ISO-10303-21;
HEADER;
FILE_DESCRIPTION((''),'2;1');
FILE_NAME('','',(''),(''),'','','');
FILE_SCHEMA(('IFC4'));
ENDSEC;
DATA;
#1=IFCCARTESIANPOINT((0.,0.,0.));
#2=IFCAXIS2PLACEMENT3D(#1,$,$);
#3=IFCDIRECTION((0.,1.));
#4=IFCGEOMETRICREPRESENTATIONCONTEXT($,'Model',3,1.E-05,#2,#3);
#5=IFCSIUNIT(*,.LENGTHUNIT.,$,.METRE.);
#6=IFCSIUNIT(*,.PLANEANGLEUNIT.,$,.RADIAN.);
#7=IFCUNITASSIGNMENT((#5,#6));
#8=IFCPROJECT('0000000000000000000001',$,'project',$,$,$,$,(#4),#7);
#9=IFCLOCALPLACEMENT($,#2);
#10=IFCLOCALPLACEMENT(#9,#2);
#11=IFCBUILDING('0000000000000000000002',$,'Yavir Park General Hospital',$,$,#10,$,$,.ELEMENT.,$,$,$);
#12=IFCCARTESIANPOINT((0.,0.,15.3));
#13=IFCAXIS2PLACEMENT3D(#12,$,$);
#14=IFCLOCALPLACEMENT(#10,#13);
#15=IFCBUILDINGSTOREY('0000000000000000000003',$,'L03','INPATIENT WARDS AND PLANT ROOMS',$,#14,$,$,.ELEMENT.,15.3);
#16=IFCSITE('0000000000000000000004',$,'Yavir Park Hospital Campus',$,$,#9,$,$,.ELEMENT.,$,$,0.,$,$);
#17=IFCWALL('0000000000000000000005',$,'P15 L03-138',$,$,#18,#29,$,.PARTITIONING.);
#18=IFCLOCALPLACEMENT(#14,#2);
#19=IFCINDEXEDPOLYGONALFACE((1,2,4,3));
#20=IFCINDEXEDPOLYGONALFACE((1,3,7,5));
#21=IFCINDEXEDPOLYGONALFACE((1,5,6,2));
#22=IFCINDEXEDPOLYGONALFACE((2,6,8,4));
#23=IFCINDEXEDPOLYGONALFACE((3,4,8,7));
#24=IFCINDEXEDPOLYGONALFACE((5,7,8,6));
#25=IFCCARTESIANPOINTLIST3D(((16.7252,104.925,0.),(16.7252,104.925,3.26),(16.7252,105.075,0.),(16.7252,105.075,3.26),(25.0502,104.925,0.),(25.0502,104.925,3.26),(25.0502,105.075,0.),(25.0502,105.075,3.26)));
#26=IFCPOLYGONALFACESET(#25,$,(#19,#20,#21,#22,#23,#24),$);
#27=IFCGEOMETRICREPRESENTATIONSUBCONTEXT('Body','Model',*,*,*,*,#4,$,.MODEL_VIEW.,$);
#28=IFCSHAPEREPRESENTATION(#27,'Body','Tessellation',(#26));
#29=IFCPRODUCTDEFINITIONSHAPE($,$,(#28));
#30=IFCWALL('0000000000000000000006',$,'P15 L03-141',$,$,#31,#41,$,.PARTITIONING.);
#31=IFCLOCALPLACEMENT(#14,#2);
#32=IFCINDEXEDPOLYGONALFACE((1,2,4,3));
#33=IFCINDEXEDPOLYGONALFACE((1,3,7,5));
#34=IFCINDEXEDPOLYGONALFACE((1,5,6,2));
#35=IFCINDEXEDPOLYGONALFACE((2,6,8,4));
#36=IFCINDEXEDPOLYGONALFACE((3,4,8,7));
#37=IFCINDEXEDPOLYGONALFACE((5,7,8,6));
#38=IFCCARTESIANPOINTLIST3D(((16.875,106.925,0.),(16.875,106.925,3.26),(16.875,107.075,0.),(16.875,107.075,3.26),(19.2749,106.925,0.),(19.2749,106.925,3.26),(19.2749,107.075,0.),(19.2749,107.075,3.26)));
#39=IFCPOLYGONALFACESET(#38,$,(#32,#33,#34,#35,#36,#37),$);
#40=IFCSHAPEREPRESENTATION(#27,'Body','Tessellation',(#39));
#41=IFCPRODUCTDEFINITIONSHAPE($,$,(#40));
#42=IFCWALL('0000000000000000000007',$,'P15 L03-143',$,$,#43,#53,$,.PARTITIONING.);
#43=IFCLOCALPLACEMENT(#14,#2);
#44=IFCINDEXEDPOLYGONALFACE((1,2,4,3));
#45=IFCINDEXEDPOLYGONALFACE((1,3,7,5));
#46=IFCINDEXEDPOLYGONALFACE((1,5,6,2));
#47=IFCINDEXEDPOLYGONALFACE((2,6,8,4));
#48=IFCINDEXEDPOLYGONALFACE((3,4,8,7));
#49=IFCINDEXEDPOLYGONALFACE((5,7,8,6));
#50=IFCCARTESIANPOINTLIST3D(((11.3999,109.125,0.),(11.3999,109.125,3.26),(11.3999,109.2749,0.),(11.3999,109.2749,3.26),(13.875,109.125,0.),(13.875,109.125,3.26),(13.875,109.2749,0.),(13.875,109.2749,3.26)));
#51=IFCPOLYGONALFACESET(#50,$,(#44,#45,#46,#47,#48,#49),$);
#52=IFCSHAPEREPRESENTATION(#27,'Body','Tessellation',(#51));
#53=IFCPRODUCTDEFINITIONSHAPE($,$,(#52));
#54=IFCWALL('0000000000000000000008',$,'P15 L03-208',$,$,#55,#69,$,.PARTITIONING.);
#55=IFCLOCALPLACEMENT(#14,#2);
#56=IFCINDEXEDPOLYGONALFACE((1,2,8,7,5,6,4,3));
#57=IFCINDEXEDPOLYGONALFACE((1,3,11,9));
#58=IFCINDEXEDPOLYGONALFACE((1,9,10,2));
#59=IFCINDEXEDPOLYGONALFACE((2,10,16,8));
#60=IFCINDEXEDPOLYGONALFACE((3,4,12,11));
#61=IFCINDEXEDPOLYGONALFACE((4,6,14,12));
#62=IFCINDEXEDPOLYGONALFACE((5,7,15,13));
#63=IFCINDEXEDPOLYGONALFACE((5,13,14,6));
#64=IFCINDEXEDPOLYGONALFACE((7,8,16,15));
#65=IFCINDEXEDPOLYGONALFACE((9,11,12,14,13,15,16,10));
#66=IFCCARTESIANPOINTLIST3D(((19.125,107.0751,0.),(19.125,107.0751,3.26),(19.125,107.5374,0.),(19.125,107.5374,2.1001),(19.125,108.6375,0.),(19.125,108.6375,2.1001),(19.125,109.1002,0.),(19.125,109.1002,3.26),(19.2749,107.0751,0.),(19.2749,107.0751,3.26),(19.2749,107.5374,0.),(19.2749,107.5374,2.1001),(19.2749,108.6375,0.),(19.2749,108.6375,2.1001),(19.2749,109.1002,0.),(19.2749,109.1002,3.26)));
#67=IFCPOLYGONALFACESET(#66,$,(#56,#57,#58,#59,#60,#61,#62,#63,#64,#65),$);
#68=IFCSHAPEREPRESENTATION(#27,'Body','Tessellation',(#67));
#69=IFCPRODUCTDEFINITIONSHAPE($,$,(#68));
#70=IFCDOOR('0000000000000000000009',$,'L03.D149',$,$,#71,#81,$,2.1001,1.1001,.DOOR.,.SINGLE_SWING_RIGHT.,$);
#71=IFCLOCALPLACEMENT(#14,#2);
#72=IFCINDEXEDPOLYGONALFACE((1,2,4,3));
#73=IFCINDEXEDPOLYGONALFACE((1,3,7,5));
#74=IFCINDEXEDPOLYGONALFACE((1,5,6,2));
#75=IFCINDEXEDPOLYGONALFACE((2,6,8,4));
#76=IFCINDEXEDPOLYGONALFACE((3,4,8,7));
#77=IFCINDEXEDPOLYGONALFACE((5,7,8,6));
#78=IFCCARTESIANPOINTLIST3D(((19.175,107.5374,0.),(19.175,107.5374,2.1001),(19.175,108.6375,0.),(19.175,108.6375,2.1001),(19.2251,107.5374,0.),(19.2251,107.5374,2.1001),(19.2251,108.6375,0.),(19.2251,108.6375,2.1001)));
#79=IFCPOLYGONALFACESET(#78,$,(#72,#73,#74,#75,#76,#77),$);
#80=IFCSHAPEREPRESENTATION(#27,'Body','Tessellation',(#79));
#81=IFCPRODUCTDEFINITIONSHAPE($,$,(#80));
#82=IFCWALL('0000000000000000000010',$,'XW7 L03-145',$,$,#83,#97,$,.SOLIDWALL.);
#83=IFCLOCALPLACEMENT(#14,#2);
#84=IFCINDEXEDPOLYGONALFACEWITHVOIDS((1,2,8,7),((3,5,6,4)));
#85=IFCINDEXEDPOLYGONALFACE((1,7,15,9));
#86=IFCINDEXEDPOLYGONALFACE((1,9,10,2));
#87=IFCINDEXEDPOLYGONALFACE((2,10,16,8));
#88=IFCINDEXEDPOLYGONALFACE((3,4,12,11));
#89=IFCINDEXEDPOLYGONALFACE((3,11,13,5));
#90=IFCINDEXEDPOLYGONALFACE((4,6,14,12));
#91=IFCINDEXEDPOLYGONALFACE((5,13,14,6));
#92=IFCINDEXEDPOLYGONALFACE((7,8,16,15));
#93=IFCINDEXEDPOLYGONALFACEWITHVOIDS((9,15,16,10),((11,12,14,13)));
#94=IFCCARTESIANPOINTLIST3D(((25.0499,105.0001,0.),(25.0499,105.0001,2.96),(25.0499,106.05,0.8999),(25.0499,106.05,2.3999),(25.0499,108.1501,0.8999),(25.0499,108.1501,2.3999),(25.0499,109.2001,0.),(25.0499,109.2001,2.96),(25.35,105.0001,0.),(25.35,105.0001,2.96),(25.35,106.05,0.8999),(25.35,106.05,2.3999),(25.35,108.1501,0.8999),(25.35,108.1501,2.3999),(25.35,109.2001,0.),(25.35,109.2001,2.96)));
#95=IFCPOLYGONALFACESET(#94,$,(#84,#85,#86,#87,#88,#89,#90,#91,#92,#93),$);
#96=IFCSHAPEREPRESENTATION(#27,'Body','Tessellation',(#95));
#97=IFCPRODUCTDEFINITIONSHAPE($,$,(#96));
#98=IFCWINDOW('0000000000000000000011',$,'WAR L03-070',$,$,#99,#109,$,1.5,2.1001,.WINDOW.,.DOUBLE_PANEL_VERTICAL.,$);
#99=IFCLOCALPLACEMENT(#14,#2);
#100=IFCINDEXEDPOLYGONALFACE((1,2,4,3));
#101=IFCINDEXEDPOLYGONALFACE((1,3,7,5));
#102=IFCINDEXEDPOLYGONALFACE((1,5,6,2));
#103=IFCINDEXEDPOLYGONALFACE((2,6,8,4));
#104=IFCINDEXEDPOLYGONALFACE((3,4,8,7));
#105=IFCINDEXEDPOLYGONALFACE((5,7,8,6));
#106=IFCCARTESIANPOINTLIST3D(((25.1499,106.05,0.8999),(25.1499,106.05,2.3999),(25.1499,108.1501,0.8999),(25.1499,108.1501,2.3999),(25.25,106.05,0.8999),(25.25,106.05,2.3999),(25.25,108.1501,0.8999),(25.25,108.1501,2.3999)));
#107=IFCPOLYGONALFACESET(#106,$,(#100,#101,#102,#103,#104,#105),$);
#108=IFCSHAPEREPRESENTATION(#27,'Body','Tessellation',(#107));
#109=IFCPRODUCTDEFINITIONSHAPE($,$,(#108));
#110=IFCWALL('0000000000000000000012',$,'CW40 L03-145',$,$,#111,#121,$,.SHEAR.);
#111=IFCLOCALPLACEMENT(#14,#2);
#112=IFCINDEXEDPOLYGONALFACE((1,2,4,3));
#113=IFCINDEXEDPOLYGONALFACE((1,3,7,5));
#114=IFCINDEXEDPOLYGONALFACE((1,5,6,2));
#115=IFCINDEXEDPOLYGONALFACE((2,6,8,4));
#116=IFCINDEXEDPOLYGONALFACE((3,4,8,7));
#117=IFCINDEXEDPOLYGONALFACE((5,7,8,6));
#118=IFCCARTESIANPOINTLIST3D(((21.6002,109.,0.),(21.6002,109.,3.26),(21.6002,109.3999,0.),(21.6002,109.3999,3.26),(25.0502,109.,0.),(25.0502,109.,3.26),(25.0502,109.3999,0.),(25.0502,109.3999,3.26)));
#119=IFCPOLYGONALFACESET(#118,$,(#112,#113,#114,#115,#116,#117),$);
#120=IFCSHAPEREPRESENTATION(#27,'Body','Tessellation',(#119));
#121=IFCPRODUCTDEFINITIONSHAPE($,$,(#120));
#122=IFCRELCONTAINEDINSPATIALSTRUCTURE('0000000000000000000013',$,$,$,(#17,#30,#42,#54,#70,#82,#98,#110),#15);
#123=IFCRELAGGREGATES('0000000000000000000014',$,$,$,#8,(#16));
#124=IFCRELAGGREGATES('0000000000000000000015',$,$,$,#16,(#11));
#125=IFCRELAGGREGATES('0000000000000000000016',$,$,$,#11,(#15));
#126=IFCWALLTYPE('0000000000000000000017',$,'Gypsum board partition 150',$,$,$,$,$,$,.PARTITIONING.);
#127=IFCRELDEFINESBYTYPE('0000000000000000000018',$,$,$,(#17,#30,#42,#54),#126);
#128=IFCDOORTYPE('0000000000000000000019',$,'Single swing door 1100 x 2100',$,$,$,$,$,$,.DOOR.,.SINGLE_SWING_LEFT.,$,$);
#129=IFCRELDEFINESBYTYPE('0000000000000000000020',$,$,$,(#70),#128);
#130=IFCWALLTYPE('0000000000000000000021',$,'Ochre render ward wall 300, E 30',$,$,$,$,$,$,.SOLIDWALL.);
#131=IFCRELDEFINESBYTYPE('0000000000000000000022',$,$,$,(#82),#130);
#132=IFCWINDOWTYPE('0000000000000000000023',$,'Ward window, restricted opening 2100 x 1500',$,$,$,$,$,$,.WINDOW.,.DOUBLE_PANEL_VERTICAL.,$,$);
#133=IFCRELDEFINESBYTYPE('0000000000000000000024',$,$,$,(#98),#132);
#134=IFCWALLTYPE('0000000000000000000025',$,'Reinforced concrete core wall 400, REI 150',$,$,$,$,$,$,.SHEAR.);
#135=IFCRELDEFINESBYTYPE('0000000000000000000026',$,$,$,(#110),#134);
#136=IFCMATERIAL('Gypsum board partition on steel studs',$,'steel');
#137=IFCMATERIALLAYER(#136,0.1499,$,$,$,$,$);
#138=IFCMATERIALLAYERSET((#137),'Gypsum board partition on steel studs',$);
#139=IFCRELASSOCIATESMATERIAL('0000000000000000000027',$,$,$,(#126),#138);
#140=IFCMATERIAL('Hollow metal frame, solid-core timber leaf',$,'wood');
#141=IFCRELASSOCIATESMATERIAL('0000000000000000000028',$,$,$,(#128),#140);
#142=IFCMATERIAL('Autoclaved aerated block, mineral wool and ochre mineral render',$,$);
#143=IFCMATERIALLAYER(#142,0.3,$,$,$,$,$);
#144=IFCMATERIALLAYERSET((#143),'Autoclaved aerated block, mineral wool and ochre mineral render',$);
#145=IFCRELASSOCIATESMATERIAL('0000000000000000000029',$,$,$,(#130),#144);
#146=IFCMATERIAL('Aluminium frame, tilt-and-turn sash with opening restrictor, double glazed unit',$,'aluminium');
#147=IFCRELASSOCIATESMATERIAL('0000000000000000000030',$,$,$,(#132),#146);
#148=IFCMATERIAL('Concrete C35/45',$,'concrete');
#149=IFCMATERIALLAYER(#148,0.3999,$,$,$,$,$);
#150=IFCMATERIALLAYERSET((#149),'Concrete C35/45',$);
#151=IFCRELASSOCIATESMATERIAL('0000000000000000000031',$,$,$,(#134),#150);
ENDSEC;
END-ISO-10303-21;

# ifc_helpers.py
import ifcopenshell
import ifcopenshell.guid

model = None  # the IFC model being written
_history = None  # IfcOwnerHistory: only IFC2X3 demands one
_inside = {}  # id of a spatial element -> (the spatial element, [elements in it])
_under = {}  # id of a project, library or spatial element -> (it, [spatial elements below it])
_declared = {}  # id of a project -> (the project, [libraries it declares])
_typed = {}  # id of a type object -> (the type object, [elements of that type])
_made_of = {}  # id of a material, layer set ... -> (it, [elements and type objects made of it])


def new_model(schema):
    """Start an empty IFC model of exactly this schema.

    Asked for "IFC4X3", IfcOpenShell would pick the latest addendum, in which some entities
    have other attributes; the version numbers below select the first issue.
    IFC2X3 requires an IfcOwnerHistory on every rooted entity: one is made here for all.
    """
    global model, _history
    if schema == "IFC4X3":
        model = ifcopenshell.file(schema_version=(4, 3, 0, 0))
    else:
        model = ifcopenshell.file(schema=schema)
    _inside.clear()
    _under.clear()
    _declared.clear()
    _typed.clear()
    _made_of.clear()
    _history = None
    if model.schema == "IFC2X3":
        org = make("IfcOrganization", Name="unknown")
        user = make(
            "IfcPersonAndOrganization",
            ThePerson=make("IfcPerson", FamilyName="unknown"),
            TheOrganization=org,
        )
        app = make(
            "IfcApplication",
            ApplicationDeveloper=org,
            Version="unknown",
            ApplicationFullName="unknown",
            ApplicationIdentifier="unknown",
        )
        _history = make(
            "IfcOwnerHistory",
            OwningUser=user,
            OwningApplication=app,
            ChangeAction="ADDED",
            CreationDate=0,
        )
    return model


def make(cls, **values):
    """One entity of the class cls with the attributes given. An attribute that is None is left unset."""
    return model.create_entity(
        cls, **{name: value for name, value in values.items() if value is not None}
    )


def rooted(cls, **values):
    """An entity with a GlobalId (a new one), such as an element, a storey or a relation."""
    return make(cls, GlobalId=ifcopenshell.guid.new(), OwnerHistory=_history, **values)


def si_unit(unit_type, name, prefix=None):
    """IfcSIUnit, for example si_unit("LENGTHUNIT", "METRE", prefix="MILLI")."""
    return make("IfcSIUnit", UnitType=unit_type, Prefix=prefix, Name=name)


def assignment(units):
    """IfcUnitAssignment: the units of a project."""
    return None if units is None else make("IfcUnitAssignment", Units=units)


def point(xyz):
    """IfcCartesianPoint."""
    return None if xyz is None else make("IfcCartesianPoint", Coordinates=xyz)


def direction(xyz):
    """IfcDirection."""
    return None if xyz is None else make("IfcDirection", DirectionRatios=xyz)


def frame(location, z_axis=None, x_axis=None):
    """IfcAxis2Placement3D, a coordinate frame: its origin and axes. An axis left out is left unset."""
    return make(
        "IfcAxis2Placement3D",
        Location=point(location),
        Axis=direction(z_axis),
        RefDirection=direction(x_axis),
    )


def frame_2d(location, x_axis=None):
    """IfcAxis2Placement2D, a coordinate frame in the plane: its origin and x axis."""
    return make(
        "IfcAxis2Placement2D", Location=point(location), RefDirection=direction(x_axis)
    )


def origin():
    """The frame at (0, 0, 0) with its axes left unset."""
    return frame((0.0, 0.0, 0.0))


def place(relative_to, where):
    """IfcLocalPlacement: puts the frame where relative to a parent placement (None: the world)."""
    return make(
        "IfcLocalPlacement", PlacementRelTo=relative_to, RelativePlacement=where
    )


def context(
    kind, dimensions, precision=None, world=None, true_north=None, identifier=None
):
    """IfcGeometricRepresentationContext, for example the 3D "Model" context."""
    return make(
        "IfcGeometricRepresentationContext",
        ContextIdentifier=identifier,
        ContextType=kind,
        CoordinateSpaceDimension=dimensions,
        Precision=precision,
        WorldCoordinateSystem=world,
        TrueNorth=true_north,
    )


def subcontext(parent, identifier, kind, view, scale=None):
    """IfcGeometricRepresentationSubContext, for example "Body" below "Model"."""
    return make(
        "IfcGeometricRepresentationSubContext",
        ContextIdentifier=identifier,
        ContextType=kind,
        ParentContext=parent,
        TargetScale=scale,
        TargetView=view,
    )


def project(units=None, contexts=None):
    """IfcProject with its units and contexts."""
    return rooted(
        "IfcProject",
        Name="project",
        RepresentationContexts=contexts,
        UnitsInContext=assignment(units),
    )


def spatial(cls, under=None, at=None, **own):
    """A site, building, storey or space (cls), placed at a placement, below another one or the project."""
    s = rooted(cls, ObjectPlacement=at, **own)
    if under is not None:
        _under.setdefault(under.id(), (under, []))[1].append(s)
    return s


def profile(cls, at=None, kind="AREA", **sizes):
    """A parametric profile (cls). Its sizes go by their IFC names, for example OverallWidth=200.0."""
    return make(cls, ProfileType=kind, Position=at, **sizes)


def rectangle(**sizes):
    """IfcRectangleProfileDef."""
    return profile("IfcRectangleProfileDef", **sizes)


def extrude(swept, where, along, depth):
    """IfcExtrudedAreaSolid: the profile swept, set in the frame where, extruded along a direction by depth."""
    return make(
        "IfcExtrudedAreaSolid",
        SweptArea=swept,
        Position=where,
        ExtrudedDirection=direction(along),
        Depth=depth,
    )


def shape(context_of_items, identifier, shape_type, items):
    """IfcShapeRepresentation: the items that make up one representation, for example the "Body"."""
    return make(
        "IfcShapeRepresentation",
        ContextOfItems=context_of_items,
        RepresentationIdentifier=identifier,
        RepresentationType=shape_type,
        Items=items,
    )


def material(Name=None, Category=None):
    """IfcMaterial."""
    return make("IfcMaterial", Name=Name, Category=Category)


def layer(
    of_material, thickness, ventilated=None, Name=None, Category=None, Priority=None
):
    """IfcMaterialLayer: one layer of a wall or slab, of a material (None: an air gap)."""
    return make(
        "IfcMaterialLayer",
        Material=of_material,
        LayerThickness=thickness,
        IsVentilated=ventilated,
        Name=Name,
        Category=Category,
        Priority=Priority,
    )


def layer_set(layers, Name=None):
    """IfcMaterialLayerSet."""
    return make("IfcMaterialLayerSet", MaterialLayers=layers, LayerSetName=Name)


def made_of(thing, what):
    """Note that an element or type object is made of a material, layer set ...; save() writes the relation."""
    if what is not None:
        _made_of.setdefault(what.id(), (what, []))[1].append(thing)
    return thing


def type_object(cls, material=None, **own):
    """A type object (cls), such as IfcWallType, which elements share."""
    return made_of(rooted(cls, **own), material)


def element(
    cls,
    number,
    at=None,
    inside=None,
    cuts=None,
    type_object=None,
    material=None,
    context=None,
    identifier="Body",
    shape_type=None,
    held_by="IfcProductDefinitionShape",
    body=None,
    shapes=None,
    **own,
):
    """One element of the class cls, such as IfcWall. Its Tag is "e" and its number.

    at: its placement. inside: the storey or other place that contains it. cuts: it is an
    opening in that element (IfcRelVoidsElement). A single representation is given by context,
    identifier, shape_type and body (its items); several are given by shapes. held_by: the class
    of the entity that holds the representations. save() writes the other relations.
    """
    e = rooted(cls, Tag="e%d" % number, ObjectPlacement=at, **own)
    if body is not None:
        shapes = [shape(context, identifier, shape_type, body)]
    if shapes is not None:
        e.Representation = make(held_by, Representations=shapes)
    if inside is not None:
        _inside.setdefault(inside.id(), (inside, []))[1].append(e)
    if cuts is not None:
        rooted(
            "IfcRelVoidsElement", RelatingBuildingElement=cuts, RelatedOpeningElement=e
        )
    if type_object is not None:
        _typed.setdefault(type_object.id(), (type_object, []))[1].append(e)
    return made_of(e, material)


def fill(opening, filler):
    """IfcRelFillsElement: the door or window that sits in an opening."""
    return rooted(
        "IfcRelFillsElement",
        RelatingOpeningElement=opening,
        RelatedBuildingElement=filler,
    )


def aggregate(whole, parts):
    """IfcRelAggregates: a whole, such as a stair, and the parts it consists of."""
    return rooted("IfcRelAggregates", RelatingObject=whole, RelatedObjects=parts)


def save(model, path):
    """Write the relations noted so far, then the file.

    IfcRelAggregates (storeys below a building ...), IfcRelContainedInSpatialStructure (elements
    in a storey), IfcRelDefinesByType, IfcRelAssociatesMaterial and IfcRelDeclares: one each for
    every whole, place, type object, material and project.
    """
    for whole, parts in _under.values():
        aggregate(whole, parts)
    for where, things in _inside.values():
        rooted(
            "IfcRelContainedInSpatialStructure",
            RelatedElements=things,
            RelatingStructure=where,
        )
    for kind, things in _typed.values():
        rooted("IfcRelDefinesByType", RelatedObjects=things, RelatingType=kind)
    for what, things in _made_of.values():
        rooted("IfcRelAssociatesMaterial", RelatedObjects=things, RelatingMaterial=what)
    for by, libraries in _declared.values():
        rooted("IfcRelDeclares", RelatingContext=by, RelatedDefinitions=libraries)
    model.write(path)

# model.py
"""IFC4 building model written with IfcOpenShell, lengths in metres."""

from ifc_helpers import new_model, si_unit, direction, frame, frame_2d, origin, place, context, subcontext, project, spatial, rectangle, extrude, material, layer, layer_set, type_object, element, fill, save


model = new_model("IFC4")

# Units and contexts
model_context = context("Model", 3, precision=1e-05, world=origin(), true_north=direction((0.0, 1.0)))
body_context = subcontext(model_context, "Body", "Model", "MODEL_VIEW")
ifc_project = project(units=[si_unit("LENGTHUNIT", "METRE"), si_unit("PLANEANGLEUNIT", "RADIAN")], contexts=[model_context])

# Site, building, storey
site_placement = place(None, origin())
site = spatial("IfcSite", under=ifc_project, at=site_placement, Name="Yavir Park Hospital Campus", CompositionType="ELEMENT", RefElevation=0.0)
building_placement = place(site_placement, origin())
building = spatial("IfcBuilding", under=site, at=building_placement, Name="Yavir Park General Hospital", CompositionType="ELEMENT")
storey_placement = place(building_placement, frame((0.0, 0.0, 15.3)))
storey = spatial("IfcBuildingStorey", under=building, at=storey_placement, Name="L03", Description="INPATIENT WARDS AND PLANT ROOMS", CompositionType="ELEMENT", Elevation=15.3)

# Walls
ifc_material_1 = material(Name="Gypsum board partition on steel studs", Category="steel")
ifc_layer_1 = layer(ifc_material_1, 0.1499)
ifc_layer_set_1 = layer_set([ifc_layer_1], Name="Gypsum board partition on steel studs")
wall_type_1 = type_object("IfcWallType", Name="Gypsum board partition 150", PredefinedType="PARTITIONING", material=ifc_layer_set_1)
wall_1_placement = place(storey_placement, frame((16.7251, 105.0, 0.0), z_axis=(0.0, 0.0, 1.0), x_axis=(1.0, 0.0, 0.0)))
element("IfcWall", 1, at=wall_1_placement, inside=storey, type_object=wall_type_1, Name="P15 L03-138", PredefinedType="PARTITIONING", context=body_context, shape_type="SweptSolid", body=[
    extrude(rectangle(XDim=8.325, YDim=0.1499, at=frame_2d((4.1626, 0.0))), origin(), (0.0, 0.0, 1.0), 3.26),
])
wall_2_placement = place(storey_placement, frame((16.875, 107.0, 0.0), z_axis=(0.0, 0.0, 1.0), x_axis=(1.0, 0.0, 0.0)))
element("IfcWall", 2, at=wall_2_placement, inside=storey, type_object=wall_type_1, Name="P15 L03-141", PredefinedType="PARTITIONING", context=body_context, shape_type="SweptSolid", body=[
    extrude(rectangle(XDim=2.3999, YDim=0.1499, at=frame_2d((1.2, 0.0))), origin(), (0.0, 0.0, 1.0), 3.26),
])
wall_3_placement = place(storey_placement, frame((11.3999, 109.2, 0.0), z_axis=(0.0, 0.0, 1.0), x_axis=(1.0, 0.0, 0.0)))
element("IfcWall", 3, at=wall_3_placement, inside=storey, type_object=wall_type_1, Name="P15 L03-143", PredefinedType="PARTITIONING", context=body_context, shape_type="SweptSolid", body=[
    extrude(rectangle(XDim=2.4751, YDim=0.1499, at=frame_2d((1.2375, 0.0))), origin(), (0.0, 0.0, 1.0), 3.26),
])

# Wall, opening, door
wall_4_placement = place(storey_placement, frame((19.2, 107.075, 0.0), z_axis=(0.0, 0.0, 1.0), x_axis=(0.0, 1.0, 0.0)))
wall_4 = element("IfcWall", 4, at=wall_4_placement, inside=storey, type_object=wall_type_1, Name="P15 L03-208", PredefinedType="PARTITIONING", context=body_context, shape_type="SweptSolid", body=[
    extrude(rectangle(XDim=2.0251, YDim=0.1499, at=frame_2d((1.0127, 0.0))), origin(), (0.0, 0.0, 1.0), 3.26),
])
opening_1_placement = place(wall_4_placement, frame((0.4624, 0.0, 0.0)))
opening_1 = element("IfcOpeningElement", 5, at=opening_1_placement, cuts=wall_4, PredefinedType="OPENING", context=body_context, shape_type="SweptSolid", body=[
    extrude(rectangle(XDim=1.1001, YDim=2.1001, at=frame_2d((0.55, 1.05))), frame((0.0, 0.085, 0.0), z_axis=(0.0, -1.0, 0.0), x_axis=(1.0, 0.0, 0.0)), (0.0, 0.0, 1.0), 0.1699),
])
ifc_material_2 = material(Name="Hollow metal frame, solid-core timber leaf", Category="wood")
door_type_1 = type_object("IfcDoorType", Name="Single swing door 1100 x 2100", OperationType="SINGLE_SWING_LEFT", PredefinedType="DOOR", material=ifc_material_2)
door_1_placement = place(opening_1_placement, origin())
door_1 = element("IfcDoor", 6, at=door_1_placement, inside=storey, type_object=door_type_1, Name="L03.D149", OperationType="SINGLE_SWING_RIGHT", OverallHeight=2.1001, OverallWidth=1.1001, PredefinedType="DOOR", context=body_context, shape_type="SweptSolid", body=[
    extrude(rectangle(XDim=1.1001, YDim=2.1001, at=frame_2d((0.55, 1.05))), frame((0.0, 0.0249, 0.0), z_axis=(0.0, -1.0, 0.0), x_axis=(1.0, 0.0, 0.0)), (0.0, 0.0, 1.0), 0.05),
])
fill(opening_1, door_1)

# Wall, opening, window
ifc_material_3 = material(Name="Autoclaved aerated block, mineral wool and ochre mineral render")
ifc_layer_2 = layer(ifc_material_3, 0.3)
ifc_layer_set_2 = layer_set([ifc_layer_2], Name="Autoclaved aerated block, mineral wool and ochre mineral render")
wall_type_2 = type_object("IfcWallType", Name="Ochre render ward wall 300, E 30", PredefinedType="SOLIDWALL", material=ifc_layer_set_2)
wall_5_placement = place(storey_placement, frame((25.2, 105.0, 0.0), z_axis=(0.0, 0.0, 1.0), x_axis=(0.0, 1.0, 0.0)))
wall_5 = element("IfcWall", 7, at=wall_5_placement, inside=storey, type_object=wall_type_2, Name="XW7 L03-145", PredefinedType="SOLIDWALL", context=body_context, shape_type="SweptSolid", body=[
    extrude(rectangle(XDim=4.2, YDim=0.3, at=frame_2d((2.1001, 0.0))), origin(), (0.0, 0.0, 1.0), 2.96),
])
opening_2_placement = place(wall_5_placement, frame((1.05, 0.0, 0.8999)))
opening_2 = element("IfcOpeningElement", 8, at=opening_2_placement, cuts=wall_5, PredefinedType="OPENING", context=body_context, shape_type="SweptSolid", body=[
    extrude(rectangle(XDim=2.1001, YDim=1.5, at=frame_2d((1.05, 0.75))), frame((0.0, 0.1599, 0.0), z_axis=(0.0, -1.0, 0.0), x_axis=(1.0, 0.0, 0.0)), (0.0, 0.0, 1.0), 0.3201),
])
ifc_material_4 = material(Name="Aluminium frame, tilt-and-turn sash with opening restrictor, double glazed unit", Category="aluminium")
window_type = type_object("IfcWindowType", Name="Ward window, restricted opening 2100 x 1500", PartitioningType="DOUBLE_PANEL_VERTICAL", PredefinedType="WINDOW", material=ifc_material_4)
window_placement = place(opening_2_placement, origin())
window = element("IfcWindow", 9, at=window_placement, inside=storey, type_object=window_type, Name="WAR L03-070", OverallHeight=1.5, OverallWidth=2.1001, PartitioningType="DOUBLE_PANEL_VERTICAL", PredefinedType="WINDOW", context=body_context, shape_type="SweptSolid", body=[
    extrude(rectangle(XDim=2.1001, YDim=1.5, at=frame_2d((1.05, 0.75))), frame((0.0, 0.05, 0.0), z_axis=(0.0, -1.0, 0.0), x_axis=(1.0, 0.0, 0.0)), (0.0, 0.0, 1.0), 0.1001),
])
fill(opening_2, window)

# Wall
ifc_material_5 = material(Name="Concrete C35/45", Category="concrete")
ifc_layer_3 = layer(ifc_material_5, 0.3999)
ifc_layer_set_3 = layer_set([ifc_layer_3], Name="Concrete C35/45")
wall_type_3 = type_object("IfcWallType", Name="Reinforced concrete core wall 400, REI 150", PredefinedType="SHEAR", material=ifc_layer_set_3)
wall_6_placement = place(storey_placement, frame((21.6001, 109.2, 0.0), z_axis=(0.0, 0.0, 1.0), x_axis=(1.0, 0.0, 0.0)))
element("IfcWall", 10, at=wall_6_placement, inside=storey, type_object=wall_type_3, Name="CW40 L03-145", PredefinedType="SHEAR", context=body_context, shape_type="SweptSolid", body=[
    extrude(rectangle(XDim=3.45, YDim=0.3999, at=frame_2d((1.7251, 0.0))), origin(), (0.0, 0.0, 1.0), 3.26),
])

save(model, "model.ifc")
